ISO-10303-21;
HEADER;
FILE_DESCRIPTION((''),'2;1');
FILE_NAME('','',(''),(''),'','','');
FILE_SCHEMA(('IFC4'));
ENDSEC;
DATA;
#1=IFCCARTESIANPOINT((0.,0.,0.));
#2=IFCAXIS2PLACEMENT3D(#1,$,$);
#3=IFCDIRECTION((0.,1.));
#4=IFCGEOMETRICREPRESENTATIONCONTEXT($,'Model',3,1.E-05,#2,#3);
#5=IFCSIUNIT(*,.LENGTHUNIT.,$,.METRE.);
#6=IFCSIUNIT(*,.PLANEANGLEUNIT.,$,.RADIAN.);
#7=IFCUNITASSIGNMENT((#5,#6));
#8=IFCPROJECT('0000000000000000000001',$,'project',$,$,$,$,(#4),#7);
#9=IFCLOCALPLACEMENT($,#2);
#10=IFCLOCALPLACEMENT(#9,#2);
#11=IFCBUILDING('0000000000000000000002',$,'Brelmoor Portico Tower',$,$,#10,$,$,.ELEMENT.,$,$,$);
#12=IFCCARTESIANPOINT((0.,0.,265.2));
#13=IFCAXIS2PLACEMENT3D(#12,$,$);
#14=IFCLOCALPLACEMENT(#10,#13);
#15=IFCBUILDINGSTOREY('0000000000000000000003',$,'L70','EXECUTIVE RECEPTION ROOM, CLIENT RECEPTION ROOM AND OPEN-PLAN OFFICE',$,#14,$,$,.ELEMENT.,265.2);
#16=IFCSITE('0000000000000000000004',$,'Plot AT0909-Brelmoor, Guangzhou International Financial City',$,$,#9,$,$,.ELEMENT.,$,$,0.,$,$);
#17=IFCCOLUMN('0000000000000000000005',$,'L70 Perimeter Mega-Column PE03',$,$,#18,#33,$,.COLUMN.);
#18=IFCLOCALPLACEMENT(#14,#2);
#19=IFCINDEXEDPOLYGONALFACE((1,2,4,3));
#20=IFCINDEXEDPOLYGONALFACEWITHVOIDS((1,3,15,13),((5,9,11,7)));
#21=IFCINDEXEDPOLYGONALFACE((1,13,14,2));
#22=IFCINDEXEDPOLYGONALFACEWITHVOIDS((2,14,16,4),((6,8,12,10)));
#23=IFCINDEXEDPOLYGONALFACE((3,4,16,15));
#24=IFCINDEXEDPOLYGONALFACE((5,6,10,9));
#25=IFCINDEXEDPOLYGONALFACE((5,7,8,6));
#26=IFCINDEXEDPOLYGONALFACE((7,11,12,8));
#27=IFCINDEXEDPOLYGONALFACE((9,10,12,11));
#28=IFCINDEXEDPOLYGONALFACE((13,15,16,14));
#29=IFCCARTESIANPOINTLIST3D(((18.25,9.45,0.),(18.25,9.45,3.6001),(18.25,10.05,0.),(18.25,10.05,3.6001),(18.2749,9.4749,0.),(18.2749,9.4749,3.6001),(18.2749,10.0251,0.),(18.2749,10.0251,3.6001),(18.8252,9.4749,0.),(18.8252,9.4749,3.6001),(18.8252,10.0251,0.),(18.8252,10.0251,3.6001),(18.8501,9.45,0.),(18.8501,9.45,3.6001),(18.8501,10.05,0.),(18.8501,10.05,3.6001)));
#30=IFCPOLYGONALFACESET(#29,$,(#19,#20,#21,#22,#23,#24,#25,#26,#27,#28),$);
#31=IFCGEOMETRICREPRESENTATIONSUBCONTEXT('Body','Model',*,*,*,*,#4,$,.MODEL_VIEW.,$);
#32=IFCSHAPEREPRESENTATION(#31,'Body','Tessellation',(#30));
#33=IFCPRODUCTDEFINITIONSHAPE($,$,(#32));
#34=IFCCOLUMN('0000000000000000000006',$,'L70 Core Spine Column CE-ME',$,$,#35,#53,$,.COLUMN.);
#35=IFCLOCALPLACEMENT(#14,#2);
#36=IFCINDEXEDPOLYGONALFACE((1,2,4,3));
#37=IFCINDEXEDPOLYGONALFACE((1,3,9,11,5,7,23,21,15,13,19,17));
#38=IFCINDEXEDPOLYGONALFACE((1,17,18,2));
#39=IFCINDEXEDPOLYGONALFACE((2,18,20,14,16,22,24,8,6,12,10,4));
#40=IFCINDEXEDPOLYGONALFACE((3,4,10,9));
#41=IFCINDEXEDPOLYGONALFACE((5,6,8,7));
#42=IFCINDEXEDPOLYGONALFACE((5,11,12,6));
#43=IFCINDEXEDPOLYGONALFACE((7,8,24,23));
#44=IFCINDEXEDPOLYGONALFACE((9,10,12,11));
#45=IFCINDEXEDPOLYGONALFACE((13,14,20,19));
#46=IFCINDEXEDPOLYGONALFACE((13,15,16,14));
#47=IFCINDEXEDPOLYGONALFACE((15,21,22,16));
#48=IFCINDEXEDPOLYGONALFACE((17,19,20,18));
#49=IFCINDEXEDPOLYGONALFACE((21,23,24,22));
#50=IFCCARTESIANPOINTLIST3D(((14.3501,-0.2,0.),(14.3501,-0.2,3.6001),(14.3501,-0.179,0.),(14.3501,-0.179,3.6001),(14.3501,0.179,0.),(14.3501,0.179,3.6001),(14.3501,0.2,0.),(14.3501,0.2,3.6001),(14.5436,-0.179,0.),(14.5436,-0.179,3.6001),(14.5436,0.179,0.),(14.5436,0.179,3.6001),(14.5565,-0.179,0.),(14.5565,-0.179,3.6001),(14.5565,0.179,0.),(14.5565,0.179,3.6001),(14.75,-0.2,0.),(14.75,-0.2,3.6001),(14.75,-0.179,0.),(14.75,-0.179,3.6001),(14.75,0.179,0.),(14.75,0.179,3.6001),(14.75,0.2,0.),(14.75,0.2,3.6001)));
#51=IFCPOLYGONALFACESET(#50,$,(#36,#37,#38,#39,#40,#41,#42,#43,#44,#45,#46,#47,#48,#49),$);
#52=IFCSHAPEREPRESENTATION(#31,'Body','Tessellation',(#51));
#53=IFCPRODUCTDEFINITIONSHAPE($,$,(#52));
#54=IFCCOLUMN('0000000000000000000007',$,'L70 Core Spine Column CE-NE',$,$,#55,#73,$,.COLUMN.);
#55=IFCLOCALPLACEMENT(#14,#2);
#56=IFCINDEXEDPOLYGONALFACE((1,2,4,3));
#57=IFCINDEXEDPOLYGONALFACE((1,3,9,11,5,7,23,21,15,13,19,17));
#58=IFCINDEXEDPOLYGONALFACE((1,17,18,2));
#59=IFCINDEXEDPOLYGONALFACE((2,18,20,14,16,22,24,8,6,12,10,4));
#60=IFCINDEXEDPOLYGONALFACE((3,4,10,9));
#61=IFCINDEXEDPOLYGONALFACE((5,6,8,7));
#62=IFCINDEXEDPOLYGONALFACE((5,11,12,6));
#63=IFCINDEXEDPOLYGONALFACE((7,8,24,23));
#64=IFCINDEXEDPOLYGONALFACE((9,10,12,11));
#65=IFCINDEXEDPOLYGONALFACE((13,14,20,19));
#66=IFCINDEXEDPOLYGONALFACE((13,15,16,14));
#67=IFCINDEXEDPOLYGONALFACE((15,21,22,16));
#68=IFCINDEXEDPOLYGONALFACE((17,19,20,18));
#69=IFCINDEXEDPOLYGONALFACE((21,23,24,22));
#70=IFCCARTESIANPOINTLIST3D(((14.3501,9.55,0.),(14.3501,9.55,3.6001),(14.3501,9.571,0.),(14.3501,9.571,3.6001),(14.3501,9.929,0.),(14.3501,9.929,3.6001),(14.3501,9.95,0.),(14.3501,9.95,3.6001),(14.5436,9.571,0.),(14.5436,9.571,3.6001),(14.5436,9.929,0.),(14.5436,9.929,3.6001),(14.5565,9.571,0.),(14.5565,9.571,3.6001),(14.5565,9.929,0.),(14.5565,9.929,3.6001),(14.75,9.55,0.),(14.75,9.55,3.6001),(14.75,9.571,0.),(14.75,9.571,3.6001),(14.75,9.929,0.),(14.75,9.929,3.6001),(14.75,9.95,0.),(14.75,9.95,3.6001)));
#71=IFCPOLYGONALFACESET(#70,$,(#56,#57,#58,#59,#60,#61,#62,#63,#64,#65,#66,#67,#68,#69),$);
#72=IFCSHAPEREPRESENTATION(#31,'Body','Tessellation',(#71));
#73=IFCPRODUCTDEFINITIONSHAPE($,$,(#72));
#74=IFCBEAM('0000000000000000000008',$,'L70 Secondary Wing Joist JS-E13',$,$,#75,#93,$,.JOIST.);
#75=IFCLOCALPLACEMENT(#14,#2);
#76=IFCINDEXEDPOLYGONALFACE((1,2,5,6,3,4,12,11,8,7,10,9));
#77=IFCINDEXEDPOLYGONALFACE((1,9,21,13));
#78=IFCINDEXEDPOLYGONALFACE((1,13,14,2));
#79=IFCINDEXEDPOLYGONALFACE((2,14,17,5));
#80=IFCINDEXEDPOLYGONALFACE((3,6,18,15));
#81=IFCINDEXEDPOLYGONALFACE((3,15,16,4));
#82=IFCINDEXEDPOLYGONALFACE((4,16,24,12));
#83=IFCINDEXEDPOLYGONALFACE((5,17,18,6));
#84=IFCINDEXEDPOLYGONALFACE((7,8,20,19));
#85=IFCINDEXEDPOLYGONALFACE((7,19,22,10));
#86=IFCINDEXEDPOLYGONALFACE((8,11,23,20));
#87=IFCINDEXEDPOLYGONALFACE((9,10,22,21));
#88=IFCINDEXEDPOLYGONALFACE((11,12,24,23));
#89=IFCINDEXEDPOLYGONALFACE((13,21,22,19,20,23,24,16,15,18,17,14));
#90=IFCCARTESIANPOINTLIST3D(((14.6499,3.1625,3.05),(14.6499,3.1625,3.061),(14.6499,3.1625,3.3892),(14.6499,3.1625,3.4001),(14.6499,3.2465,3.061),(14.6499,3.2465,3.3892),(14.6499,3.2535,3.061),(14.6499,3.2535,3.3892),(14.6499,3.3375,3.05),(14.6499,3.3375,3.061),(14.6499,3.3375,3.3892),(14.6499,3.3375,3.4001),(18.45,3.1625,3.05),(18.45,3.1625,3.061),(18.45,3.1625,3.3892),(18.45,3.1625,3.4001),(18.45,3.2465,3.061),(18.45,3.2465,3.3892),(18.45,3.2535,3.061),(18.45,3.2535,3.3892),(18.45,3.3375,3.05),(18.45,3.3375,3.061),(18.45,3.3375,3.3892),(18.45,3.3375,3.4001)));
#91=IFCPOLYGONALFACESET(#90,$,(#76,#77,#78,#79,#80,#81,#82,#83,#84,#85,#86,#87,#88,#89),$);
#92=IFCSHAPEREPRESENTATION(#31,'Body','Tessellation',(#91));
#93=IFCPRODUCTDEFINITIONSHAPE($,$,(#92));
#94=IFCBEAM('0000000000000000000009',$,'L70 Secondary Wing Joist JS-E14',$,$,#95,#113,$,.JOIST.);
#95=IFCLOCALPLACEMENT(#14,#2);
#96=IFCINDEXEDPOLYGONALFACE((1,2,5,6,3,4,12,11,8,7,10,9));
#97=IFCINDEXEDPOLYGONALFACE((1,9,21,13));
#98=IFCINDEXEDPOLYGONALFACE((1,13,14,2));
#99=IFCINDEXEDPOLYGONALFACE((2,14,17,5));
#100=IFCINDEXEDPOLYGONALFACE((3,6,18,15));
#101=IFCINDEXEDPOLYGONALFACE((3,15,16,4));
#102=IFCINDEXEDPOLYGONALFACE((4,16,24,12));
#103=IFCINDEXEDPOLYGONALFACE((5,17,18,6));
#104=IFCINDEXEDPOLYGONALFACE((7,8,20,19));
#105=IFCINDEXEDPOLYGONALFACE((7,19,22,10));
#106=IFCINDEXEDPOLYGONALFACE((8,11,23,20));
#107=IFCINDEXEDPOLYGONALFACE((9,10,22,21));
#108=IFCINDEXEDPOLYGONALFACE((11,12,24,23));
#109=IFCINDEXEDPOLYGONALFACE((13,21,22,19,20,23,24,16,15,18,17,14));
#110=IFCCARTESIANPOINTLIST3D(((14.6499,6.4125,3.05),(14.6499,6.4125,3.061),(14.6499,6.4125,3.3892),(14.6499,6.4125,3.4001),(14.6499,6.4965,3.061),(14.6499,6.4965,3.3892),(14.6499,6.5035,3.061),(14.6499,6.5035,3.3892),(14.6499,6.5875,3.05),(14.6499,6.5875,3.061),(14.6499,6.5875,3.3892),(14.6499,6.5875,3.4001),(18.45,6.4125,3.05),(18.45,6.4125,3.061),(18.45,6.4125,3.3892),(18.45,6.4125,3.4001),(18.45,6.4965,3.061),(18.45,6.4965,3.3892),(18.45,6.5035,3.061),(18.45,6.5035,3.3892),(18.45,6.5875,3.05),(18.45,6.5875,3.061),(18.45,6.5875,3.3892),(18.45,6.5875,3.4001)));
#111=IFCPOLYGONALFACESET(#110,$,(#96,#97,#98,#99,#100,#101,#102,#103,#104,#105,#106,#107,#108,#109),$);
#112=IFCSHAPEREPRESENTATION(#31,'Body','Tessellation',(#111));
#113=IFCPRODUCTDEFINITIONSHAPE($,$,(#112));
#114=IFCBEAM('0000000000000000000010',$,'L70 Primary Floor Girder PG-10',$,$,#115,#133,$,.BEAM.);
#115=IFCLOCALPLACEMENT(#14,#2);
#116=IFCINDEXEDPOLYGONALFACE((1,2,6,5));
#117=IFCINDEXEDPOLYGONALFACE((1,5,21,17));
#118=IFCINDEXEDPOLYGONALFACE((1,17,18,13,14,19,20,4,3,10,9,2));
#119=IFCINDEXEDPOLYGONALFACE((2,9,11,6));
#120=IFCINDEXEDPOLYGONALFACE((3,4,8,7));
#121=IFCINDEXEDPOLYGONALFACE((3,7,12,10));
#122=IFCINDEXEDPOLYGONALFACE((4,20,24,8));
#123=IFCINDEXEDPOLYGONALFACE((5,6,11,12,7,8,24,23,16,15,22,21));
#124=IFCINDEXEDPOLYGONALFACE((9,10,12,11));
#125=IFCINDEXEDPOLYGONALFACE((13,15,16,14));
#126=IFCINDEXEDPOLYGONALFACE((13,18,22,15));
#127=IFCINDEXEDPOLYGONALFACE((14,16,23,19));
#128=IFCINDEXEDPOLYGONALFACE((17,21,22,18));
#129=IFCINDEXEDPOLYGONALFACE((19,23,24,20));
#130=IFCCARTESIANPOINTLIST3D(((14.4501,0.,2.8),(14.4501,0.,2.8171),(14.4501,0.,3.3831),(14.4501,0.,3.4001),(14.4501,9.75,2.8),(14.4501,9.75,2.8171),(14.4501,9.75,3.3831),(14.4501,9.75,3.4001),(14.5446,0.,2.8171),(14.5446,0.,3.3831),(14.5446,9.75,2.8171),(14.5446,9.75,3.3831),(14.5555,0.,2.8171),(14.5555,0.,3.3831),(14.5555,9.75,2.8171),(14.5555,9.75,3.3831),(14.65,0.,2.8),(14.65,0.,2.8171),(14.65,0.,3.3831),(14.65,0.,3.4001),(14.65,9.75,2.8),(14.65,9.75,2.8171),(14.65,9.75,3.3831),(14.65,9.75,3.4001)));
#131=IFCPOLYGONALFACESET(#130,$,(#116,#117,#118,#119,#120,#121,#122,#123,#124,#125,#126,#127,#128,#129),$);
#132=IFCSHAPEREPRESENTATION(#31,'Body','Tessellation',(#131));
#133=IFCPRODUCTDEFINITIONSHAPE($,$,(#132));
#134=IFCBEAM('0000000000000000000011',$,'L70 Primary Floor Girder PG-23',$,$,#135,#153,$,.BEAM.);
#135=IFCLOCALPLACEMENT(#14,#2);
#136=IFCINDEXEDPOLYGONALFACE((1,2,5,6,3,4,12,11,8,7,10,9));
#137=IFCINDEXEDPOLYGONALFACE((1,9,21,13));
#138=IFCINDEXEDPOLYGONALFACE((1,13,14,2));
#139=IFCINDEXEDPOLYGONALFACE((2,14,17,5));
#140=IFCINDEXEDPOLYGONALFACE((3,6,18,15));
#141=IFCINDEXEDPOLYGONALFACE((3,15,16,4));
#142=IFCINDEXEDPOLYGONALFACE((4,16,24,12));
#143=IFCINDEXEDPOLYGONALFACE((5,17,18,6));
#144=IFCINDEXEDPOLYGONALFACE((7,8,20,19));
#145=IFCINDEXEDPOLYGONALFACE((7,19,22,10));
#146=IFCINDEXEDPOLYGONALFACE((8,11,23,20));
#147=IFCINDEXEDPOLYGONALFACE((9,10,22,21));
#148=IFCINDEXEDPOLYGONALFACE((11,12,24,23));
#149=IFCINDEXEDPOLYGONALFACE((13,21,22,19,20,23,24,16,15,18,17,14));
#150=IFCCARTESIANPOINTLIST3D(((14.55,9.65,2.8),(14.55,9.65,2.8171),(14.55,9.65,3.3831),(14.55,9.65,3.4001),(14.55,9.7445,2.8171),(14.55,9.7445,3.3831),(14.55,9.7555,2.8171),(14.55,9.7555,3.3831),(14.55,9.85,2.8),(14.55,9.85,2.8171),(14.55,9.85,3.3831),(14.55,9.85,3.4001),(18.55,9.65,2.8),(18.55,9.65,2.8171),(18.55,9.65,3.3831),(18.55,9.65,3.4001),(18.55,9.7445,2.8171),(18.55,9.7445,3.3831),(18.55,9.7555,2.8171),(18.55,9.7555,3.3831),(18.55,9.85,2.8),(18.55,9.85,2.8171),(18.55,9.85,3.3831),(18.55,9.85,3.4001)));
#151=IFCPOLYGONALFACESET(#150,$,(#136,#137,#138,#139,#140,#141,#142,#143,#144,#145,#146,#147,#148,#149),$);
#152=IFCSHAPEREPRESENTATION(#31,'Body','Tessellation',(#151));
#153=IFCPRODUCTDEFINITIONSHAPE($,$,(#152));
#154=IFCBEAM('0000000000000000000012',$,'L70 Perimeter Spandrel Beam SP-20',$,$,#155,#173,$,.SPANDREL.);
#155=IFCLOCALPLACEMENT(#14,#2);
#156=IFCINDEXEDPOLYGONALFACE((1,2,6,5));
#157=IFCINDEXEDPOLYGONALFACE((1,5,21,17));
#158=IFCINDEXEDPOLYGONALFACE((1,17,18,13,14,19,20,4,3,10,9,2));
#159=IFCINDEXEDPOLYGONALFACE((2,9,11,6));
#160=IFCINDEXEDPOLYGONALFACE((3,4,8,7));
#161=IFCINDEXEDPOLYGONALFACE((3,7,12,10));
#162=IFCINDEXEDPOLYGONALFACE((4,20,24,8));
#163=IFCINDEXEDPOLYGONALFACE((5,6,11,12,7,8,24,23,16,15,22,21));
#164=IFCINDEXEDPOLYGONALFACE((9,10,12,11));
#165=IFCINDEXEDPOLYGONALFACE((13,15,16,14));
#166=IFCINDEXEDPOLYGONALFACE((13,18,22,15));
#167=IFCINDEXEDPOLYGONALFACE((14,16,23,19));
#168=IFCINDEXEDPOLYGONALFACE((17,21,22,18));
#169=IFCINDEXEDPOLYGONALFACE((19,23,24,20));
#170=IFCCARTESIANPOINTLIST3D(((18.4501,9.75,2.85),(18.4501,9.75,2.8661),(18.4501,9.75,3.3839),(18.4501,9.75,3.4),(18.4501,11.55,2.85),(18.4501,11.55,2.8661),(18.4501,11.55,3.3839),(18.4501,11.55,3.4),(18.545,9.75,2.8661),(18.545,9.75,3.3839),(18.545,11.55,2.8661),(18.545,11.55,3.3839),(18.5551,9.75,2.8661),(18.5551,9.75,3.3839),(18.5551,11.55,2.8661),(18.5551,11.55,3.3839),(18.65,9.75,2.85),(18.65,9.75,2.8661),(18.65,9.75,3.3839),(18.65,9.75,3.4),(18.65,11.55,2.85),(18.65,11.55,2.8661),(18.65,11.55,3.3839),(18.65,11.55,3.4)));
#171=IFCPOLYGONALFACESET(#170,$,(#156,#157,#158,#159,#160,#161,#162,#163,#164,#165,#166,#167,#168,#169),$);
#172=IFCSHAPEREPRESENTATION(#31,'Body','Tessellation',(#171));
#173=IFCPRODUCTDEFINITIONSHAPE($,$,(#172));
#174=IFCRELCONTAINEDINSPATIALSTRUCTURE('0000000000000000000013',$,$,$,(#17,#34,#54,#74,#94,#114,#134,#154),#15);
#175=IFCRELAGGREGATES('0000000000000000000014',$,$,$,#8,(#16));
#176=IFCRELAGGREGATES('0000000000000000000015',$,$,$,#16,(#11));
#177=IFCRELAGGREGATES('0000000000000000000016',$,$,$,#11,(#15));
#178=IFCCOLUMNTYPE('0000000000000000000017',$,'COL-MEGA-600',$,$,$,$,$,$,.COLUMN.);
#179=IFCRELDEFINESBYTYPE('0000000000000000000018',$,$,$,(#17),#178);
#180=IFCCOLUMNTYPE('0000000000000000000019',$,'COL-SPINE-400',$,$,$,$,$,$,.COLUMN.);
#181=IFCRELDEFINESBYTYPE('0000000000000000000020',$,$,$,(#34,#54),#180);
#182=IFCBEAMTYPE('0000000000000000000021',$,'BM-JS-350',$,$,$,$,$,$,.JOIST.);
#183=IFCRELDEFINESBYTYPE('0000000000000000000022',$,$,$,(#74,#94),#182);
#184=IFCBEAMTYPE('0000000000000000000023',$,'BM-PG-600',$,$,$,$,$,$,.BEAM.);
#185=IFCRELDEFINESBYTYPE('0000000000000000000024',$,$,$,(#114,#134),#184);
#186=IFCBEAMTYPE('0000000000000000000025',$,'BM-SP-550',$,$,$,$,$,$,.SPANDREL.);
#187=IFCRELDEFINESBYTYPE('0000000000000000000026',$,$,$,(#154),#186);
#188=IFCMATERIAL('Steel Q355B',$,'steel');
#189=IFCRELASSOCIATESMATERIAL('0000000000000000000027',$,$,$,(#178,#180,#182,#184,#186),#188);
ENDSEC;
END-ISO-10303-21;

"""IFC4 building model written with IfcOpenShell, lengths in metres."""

from ifc_helpers import new_model, si_unit, direction, frame, origin, origin_2d, place, context, subcontext, project, spatial, hollow_rectangle, i_section, extrude, material, material_profile, profile_set, type_object, element, save


model = new_model("IFC4")

# Units and contexts
model_context = context("Model", 3, precision=1e-05, world=origin(), true_north=direction((0.0, 1.0)))
body_context = subcontext(model_context, "Body", "Model", "MODEL_VIEW")
ifc_project = project(units=[si_unit("LENGTHUNIT", "METRE"), si_unit("PLANEANGLEUNIT", "RADIAN")], contexts=[model_context])

# Site, building, storey
site_placement = place(None, origin())
site = spatial("IfcSite", under=ifc_project, at=site_placement, Name="Plot AT0909-Brelmoor, Guangzhou International Financial City", CompositionType="ELEMENT", RefElevation=0.0)
building_placement = place(site_placement, origin())
building = spatial("IfcBuilding", under=site, at=building_placement, Name="Brelmoor Portico Tower", CompositionType="ELEMENT")
storey_placement = place(building_placement, frame((0.0, 0.0, 265.2)))
storey = spatial("IfcBuildingStorey", under=building, at=storey_placement, Name="L70", Description="EXECUTIVE RECEPTION ROOM, CLIENT RECEPTION ROOM AND OPEN-PLAN OFFICE", CompositionType="ELEMENT", Elevation=265.2)

# Columns
ifc_material_1 = material(Name="Steel Q355B", Category="steel")
ifc_material_profile_1 = material_profile(ifc_material_1, hollow_rectangle(XDim=0.6001, YDim=0.6001, WallThickness=0.0249, at=origin_2d()), Name="BOX 600x600x25")
ifc_profile_set_1 = profile_set([ifc_material_profile_1], Name="Steel Q355B")
column_type_1 = type_object("IfcColumnType", Name="COL-MEGA-600", PredefinedType="COLUMN", material=ifc_profile_set_1)
column_placement = place(storey_placement, frame((18.55, 9.75, 0.0), z_axis=(0.0, 0.0, 1.0), x_axis=(0.0, 1.0, 0.0)))
element("IfcColumn", 1, at=column_placement, inside=storey, type_object=column_type_1, Name="L70 Perimeter Mega-Column PE03", PredefinedType="COLUMN", context=body_context, shape_type="SweptSolid", body=[
    extrude(hollow_rectangle(XDim=0.6001, YDim=0.6001, WallThickness=0.0249, at=origin_2d()), origin(), (0.0, 0.0, 1.0), 3.6001),
])
ifc_material_profile_2 = material_profile(ifc_material_1, i_section(OverallWidth=0.3999, OverallDepth=0.3999, WebThickness=0.0129, FlangeThickness=0.021, at=origin_2d()), Name="HW 400x400x13x21")
ifc_profile_set_2 = profile_set([ifc_material_profile_2], Name="Steel Q355B")
column_type_2 = type_object("IfcColumnType", Name="COL-SPINE-400", PredefinedType="COLUMN", material=ifc_profile_set_2)
for number, where, z_axis, x_axis, name in (
    (2, (14.55, 0.0, 0.0), (0.0, 0.0, 1.0), (1.0, 0.0, 0.0), "L70 Core Spine Column CE-ME"),
    (3, (14.55, 9.75, 0.0), (0.0, 0.0, 1.0), (1.0, 0.0, 0.0), "L70 Core Spine Column CE-NE"),
):
    element("IfcColumn", number, at=place(storey_placement, frame(where, z_axis=z_axis, x_axis=x_axis)), inside=storey, type_object=column_type_2, Name=name, PredefinedType="COLUMN", context=body_context, shape_type="SweptSolid", body=[
        extrude(i_section(OverallWidth=0.3999, OverallDepth=0.3999, WebThickness=0.0129, FlangeThickness=0.021, at=origin_2d()), origin(), (0.0, 0.0, 1.0), 3.6001),
    ])

# Beams
ifc_material_profile_3 = material_profile(ifc_material_1, i_section(OverallWidth=0.175, OverallDepth=0.3501, WebThickness=0.0071, FlangeThickness=0.011, at=origin_2d()), Name="HN 350x175x7x11")
ifc_profile_set_3 = profile_set([ifc_material_profile_3], Name="Steel Q355B")
beam_type_1 = type_object("IfcBeamType", Name="BM-JS-350", PredefinedType="JOIST", material=ifc_profile_set_3)
for number, where, z_axis, x_axis, name in (
    (4, (14.6499, 3.25, 3.2251), (1.0, 0.0, 0.0), (0.0, 1.0, 0.0), "L70 Secondary Wing Joist JS-E13"),
    (5, (14.6499, 6.5, 3.2251), (1.0, 0.0, 0.0), (0.0, 1.0, 0.0), "L70 Secondary Wing Joist JS-E14"),
):
    element("IfcBeam", number, at=place(storey_placement, frame(where, z_axis=z_axis, x_axis=x_axis)), inside=storey, type_object=beam_type_1, Name=name, PredefinedType="JOIST", context=body_context, shape_type="SweptSolid", body=[
        extrude(i_section(OverallWidth=0.175, OverallDepth=0.3501, WebThickness=0.0071, FlangeThickness=0.011, at=origin_2d()), origin(), (0.0, 0.0, 1.0), 3.8),
    ])
ifc_material_profile_4 = material_profile(ifc_material_1, i_section(OverallWidth=0.2, OverallDepth=0.6001, WebThickness=0.011, FlangeThickness=0.0171, at=origin_2d()), Name="HN 600x200x11x17")
ifc_profile_set_4 = profile_set([ifc_material_profile_4], Name="Steel Q355B")
beam_type_2 = type_object("IfcBeamType", Name="BM-PG-600", PredefinedType="BEAM", material=ifc_profile_set_4)
beam_1_placement = place(storey_placement, frame((14.55, 0.0, 3.1001), z_axis=(0.0, 1.0, 0.0), x_axis=(-1.0, 0.0, 0.0)))
element("IfcBeam", 6, at=beam_1_placement, inside=storey, type_object=beam_type_2, Name="L70 Primary Floor Girder PG-10", PredefinedType="BEAM", context=body_context, shape_type="SweptSolid", body=[
    extrude(i_section(OverallWidth=0.2, OverallDepth=0.6001, WebThickness=0.011, FlangeThickness=0.0171, at=origin_2d()), origin(), (0.0, 0.0, 1.0), 9.75),
])
beam_2_placement = place(storey_placement, frame((14.55, 9.75, 3.1001), z_axis=(1.0, 0.0, 0.0), x_axis=(0.0, 1.0, 0.0)))
element("IfcBeam", 7, at=beam_2_placement, inside=storey, type_object=beam_type_2, Name="L70 Primary Floor Girder PG-23", PredefinedType="BEAM", context=body_context, shape_type="SweptSolid", body=[
    extrude(i_section(OverallWidth=0.2, OverallDepth=0.6001, WebThickness=0.011, FlangeThickness=0.0171, at=origin_2d()), origin(), (0.0, 0.0, 1.0), 4.0),
])
ifc_material_profile_5 = material_profile(ifc_material_1, i_section(OverallWidth=0.2, OverallDepth=0.55, WebThickness=0.01, FlangeThickness=0.0161, at=origin_2d()), Name="HN 550x200x10x16")
ifc_profile_set_5 = profile_set([ifc_material_profile_5], Name="Steel Q355B")
beam_type_3 = type_object("IfcBeamType", Name="BM-SP-550", PredefinedType="SPANDREL", material=ifc_profile_set_5)
beam_3_placement = place(storey_placement, frame((18.55, 9.75, 3.125), z_axis=(0.0, 1.0, 0.0), x_axis=(-1.0, 0.0, 0.0)))
element("IfcBeam", 8, at=beam_3_placement, inside=storey, type_object=beam_type_3, Name="L70 Perimeter Spandrel Beam SP-20", PredefinedType="SPANDREL", context=body_context, shape_type="SweptSolid", body=[
    extrude(i_section(OverallWidth=0.2, OverallDepth=0.55, WebThickness=0.01, FlangeThickness=0.0161, at=origin_2d()), origin(), (0.0, 0.0, 1.0), 1.8),
])

save(model, "model.ifc")
